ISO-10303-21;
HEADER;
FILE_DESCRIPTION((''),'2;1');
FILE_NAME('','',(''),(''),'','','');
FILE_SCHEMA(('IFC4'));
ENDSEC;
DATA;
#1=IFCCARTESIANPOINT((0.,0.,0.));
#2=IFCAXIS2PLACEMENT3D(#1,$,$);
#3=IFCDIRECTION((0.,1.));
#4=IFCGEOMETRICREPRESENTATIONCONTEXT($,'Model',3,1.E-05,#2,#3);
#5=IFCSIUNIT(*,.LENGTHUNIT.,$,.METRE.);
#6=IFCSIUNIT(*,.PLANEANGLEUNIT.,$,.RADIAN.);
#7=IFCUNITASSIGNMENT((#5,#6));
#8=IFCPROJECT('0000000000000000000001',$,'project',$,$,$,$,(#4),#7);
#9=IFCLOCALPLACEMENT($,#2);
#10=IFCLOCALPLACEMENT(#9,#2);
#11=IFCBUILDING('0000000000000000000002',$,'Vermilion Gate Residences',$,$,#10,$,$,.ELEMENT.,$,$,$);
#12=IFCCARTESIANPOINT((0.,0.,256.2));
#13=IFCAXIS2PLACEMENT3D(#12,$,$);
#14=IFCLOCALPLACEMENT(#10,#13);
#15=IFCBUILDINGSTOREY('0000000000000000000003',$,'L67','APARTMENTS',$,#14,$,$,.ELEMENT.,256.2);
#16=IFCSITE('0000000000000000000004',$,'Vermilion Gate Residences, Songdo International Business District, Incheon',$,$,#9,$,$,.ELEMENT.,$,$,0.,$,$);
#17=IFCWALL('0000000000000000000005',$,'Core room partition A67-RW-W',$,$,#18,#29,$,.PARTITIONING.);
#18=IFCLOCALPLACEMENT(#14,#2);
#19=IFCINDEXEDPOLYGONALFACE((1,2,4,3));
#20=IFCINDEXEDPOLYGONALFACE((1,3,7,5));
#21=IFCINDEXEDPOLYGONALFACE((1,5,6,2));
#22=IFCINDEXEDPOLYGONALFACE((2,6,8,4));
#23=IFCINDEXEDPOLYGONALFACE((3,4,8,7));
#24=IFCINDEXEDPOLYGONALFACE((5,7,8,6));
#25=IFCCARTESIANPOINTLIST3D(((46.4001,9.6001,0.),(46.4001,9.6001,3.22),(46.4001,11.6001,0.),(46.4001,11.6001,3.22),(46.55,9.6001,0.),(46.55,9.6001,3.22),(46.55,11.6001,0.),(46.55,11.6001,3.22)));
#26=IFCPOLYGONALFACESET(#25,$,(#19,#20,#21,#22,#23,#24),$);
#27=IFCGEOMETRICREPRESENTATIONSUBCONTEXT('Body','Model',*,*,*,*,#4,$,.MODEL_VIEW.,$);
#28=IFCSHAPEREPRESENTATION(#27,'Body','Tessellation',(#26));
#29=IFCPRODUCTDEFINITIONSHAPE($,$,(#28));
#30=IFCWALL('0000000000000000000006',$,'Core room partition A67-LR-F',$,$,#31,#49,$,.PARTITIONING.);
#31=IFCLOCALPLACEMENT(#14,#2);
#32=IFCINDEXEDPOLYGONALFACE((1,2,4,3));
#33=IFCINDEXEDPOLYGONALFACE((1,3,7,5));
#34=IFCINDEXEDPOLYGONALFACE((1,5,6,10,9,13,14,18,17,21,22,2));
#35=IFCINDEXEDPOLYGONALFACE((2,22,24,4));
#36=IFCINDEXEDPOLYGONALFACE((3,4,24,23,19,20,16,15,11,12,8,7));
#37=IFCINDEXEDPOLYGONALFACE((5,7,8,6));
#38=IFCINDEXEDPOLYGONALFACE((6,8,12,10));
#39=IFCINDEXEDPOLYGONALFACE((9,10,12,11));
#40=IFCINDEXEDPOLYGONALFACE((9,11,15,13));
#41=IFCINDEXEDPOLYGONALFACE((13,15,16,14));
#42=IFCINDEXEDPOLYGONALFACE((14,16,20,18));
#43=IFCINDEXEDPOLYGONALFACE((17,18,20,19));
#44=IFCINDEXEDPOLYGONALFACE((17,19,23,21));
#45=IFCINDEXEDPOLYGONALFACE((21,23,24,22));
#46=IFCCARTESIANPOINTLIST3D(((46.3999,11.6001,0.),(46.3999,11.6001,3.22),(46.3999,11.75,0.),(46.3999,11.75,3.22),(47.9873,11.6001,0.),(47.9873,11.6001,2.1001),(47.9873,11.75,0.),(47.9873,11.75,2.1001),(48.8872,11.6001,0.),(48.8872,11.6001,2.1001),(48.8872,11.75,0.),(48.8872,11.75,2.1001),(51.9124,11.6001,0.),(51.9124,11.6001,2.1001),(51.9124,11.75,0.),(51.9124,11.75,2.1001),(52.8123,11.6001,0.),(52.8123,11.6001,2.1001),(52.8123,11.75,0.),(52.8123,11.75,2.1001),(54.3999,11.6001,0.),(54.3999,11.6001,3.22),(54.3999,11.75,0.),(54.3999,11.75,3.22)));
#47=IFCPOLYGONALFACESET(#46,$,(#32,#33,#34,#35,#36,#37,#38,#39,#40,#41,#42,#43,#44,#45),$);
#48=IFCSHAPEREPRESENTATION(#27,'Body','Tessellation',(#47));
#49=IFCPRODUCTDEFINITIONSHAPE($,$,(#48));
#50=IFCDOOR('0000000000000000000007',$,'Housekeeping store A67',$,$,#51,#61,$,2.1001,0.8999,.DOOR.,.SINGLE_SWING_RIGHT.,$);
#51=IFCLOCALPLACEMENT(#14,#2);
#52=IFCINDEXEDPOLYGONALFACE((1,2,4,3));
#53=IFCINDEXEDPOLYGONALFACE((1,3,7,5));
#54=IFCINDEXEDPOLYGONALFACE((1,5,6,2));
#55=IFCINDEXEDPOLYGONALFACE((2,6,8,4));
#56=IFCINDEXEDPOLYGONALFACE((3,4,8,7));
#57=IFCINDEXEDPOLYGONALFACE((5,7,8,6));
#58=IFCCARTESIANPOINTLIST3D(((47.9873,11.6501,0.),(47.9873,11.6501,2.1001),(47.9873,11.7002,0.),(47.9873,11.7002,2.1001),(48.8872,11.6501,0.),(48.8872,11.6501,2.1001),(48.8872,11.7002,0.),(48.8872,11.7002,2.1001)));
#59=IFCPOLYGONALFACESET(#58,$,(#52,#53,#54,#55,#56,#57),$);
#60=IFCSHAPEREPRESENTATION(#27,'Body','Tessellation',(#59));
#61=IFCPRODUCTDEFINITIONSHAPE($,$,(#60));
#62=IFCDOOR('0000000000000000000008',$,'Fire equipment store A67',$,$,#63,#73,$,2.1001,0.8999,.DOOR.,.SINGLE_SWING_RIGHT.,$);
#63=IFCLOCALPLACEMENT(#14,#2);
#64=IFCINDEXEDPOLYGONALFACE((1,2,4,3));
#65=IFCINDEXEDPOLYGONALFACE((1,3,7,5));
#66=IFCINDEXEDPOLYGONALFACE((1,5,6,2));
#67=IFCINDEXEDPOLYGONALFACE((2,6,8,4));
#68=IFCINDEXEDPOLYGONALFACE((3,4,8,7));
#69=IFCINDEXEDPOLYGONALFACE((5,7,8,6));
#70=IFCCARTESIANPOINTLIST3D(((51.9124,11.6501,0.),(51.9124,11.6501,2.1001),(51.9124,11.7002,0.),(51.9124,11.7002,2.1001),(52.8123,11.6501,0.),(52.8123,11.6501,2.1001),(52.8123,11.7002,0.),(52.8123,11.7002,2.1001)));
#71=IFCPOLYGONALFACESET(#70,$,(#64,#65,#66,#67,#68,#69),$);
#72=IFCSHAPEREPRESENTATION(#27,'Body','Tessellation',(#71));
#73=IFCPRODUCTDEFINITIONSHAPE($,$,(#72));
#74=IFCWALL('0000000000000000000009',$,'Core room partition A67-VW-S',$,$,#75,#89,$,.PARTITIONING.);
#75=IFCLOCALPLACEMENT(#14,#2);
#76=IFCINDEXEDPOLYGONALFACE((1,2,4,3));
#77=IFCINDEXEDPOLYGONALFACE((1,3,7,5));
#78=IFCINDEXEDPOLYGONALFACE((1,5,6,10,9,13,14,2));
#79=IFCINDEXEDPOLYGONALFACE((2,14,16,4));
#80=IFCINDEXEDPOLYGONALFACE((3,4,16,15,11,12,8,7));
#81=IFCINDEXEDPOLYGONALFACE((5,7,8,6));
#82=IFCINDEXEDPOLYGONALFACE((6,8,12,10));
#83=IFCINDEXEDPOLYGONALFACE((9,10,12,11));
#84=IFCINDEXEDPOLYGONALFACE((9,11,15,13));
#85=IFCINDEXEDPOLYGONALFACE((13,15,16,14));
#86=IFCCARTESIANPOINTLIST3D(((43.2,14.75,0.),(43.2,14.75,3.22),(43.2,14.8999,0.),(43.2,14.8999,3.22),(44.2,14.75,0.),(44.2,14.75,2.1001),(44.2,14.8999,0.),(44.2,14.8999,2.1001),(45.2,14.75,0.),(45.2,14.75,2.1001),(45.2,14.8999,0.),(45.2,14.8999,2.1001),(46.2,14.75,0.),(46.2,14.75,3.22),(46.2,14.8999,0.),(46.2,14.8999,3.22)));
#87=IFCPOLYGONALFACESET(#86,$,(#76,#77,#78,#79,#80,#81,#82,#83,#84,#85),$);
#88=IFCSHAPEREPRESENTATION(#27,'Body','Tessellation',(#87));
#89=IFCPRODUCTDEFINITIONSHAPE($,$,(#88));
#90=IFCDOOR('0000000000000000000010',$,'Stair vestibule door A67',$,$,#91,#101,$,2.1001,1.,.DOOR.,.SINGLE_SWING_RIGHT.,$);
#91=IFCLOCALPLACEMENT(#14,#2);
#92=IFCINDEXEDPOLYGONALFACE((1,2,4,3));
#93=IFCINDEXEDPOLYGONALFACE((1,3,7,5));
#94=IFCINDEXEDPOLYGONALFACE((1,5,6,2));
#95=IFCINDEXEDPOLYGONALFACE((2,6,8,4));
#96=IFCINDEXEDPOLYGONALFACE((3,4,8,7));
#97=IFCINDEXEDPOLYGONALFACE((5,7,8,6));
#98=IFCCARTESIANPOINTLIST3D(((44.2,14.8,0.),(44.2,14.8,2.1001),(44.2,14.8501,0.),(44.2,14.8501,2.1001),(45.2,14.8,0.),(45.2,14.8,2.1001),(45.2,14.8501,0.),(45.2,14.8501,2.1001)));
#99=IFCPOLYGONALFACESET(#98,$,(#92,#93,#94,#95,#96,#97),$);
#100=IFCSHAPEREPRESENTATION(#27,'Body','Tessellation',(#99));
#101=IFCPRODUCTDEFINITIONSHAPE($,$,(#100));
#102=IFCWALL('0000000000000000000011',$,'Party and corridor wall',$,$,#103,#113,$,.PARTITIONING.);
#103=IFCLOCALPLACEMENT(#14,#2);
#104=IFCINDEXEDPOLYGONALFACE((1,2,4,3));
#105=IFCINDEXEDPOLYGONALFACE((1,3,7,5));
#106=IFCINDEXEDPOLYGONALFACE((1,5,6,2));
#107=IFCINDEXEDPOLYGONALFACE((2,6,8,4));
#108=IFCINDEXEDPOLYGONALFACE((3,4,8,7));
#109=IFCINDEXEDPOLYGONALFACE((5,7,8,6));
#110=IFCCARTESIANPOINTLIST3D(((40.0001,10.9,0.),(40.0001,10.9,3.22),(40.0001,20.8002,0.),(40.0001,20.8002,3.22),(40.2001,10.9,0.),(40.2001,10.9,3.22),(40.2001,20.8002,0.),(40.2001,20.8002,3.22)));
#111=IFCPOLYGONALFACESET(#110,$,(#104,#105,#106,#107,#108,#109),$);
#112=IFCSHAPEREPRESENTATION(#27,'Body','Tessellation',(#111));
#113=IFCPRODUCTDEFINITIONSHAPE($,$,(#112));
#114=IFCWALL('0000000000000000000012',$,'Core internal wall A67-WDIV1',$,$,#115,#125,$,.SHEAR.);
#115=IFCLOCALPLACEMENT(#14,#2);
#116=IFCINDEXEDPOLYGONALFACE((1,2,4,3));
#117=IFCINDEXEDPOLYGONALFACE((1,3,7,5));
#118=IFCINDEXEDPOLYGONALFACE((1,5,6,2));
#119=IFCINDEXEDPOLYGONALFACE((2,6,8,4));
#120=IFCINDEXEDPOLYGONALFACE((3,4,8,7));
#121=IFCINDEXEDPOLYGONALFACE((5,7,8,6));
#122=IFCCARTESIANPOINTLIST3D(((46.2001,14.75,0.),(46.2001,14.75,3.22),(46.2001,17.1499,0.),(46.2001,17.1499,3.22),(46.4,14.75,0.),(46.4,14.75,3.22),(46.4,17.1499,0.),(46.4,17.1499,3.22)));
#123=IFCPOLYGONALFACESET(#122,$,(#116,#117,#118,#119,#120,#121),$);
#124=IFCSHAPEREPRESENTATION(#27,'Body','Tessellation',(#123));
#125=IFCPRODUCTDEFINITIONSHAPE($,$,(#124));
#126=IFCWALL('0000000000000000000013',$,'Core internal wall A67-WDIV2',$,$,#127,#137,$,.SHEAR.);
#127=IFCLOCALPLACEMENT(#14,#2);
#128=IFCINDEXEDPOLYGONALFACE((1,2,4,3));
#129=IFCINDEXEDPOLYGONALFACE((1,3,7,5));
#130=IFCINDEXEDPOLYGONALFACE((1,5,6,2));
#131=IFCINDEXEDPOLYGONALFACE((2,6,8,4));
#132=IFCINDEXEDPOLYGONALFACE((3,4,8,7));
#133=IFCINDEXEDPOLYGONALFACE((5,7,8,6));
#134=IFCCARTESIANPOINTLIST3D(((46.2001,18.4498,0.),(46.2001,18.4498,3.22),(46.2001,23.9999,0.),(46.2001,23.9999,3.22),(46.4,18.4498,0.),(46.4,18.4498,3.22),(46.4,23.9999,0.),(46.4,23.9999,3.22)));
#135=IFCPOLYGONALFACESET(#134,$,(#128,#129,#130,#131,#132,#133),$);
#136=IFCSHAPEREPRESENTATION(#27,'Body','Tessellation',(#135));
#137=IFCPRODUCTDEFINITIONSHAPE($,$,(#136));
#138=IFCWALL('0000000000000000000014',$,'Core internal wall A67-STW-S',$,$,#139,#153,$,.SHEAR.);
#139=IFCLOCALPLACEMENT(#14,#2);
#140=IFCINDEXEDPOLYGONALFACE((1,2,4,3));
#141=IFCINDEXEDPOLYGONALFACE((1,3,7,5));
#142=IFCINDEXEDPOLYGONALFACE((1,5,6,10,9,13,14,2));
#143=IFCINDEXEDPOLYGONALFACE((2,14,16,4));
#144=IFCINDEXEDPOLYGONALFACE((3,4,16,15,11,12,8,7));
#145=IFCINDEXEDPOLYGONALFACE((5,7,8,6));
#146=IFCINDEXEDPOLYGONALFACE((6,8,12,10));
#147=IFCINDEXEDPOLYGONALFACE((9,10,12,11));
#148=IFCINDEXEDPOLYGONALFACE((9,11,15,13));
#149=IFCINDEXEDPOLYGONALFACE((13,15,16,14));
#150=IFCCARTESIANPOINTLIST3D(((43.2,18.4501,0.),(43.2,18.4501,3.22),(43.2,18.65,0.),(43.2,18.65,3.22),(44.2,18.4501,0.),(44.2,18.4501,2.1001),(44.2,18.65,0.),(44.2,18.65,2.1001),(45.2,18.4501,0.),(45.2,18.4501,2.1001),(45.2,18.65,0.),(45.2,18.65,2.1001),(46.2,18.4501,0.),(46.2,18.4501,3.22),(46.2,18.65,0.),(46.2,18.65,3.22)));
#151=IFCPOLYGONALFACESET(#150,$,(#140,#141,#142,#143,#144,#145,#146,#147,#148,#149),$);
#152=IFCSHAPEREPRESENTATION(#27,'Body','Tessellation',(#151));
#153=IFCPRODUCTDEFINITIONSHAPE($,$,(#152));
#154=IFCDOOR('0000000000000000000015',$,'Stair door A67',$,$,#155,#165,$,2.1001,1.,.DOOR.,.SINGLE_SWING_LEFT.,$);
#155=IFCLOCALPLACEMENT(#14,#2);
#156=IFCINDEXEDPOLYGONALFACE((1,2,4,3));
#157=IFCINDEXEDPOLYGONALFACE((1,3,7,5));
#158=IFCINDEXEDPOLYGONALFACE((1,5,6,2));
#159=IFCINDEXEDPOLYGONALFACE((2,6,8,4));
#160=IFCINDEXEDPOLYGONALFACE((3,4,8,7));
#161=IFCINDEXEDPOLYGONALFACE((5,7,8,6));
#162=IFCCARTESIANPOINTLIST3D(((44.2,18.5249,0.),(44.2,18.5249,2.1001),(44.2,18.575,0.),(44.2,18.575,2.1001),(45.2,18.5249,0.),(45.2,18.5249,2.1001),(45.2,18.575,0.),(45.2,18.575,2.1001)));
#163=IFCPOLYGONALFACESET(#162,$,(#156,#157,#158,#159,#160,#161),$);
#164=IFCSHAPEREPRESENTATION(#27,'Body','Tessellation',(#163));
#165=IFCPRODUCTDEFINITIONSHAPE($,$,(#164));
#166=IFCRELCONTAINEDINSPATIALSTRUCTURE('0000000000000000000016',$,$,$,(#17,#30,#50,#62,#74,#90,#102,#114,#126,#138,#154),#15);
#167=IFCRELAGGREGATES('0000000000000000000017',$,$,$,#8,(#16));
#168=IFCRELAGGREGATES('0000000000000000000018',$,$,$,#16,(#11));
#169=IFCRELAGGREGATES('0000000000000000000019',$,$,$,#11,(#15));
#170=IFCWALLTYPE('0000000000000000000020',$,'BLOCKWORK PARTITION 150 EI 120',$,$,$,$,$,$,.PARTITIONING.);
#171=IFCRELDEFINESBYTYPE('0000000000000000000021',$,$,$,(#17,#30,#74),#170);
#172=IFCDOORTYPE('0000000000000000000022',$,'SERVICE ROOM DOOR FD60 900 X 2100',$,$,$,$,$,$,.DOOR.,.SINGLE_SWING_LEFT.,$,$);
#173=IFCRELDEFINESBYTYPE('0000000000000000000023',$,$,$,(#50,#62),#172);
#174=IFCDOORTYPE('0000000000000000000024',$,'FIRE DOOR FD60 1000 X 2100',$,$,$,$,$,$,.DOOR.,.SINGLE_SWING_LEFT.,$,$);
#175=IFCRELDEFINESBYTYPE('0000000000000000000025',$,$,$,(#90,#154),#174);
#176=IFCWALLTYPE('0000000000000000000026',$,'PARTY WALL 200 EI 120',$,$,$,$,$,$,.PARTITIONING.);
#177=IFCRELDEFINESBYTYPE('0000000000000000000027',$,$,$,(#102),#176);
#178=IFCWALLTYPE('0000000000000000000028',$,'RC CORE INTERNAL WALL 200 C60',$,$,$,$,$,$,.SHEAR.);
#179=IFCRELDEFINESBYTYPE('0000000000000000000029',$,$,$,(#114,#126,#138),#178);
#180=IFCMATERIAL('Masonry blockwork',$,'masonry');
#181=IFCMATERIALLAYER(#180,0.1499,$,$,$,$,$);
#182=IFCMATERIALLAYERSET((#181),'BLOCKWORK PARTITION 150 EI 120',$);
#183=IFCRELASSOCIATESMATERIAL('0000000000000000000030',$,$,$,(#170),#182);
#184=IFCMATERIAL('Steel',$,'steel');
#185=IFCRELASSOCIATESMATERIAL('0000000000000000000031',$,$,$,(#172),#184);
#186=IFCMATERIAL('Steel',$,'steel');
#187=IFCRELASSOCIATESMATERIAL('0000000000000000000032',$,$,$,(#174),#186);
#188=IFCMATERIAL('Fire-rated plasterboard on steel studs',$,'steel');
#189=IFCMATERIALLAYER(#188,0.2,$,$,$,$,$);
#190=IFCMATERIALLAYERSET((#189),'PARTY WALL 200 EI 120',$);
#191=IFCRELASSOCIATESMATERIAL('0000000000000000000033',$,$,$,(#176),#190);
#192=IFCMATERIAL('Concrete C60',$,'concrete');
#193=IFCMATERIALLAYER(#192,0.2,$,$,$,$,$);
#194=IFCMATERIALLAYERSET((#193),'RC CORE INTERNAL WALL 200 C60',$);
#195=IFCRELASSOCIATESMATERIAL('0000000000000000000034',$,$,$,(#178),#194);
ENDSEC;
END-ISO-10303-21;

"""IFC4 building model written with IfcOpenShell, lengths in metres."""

from ifc_helpers import new_model, si_unit, direction, frame, frame_2d, origin, place, context, subcontext, project, spatial, rectangle, extrude, material, layer, layer_set, type_object, element, fill, save


model = new_model("IFC4")

# Units and contexts
model_context = context("Model", 3, precision=1e-05, world=origin(), true_north=direction((0.0, 1.0)))
body_context = subcontext(model_context, "Body", "Model", "MODEL_VIEW")
ifc_project = project(units=[si_unit("LENGTHUNIT", "METRE"), si_unit("PLANEANGLEUNIT", "RADIAN")], contexts=[model_context])

# Site, building, storey
site_placement = place(None, origin())
site = spatial("IfcSite", under=ifc_project, at=site_placement, Name="Vermilion Gate Residences, Songdo International Business District, Incheon", CompositionType="ELEMENT", RefElevation=0.0)
building_placement = place(site_placement, origin())
building = spatial("IfcBuilding", under=site, at=building_placement, Name="Vermilion Gate Residences", CompositionType="ELEMENT")
storey_placement = place(building_placement, frame((0.0, 0.0, 256.2)))
storey = spatial("IfcBuildingStorey", under=building, at=storey_placement, Name="L67", Description="APARTMENTS", CompositionType="ELEMENT", Elevation=256.2)

# Wall
ifc_material_1 = material(Name="Masonry blockwork", Category="masonry")
ifc_layer_1 = layer(ifc_material_1, 0.1499)
ifc_layer_set_1 = layer_set([ifc_layer_1], Name="BLOCKWORK PARTITION 150 EI 120")
wall_type_1 = type_object("IfcWallType", Name="BLOCKWORK PARTITION 150 EI 120", PredefinedType="PARTITIONING", material=ifc_layer_set_1)
wall_1_placement = place(storey_placement, frame((46.4751, 9.6001, 0.0), z_axis=(0.0, 0.0, 1.0), x_axis=(0.0, 1.0, 0.0)))
element("IfcWall", 1, at=wall_1_placement, inside=storey, type_object=wall_type_1, Name="Core room partition A67-RW-W", PredefinedType="PARTITIONING", context=body_context, shape_type="SweptSolid", body=[
    extrude(rectangle(XDim=2.0, YDim=0.1499, at=frame_2d((1.0, 0.0))), origin(), (0.0, 0.0, 1.0), 3.22),
])

# Wall, openings, doors
wall_2_placement = place(storey_placement, frame((46.3999, 11.675, 0.0), z_axis=(0.0, 0.0, 1.0), x_axis=(1.0, 0.0, 0.0)))
wall_2 = element("IfcWall", 2, at=wall_2_placement, inside=storey, type_object=wall_type_1, Name="Core room partition A67-LR-F", PredefinedType="PARTITIONING", context=body_context, shape_type="SweptSolid", body=[
    extrude(rectangle(XDim=8.0, YDim=0.1499, at=frame_2d((4.0, 0.0))), origin(), (0.0, 0.0, 1.0), 3.22),
])
opening_1_placement = place(wall_2_placement, frame((1.5874, 0.0, 0.0)))
opening_1 = element("IfcOpeningElement", 3, at=opening_1_placement, cuts=wall_2, PredefinedType="OPENING", context=body_context, shape_type="SweptSolid", body=[
    extrude(rectangle(XDim=0.8999, YDim=2.1001, at=frame_2d((0.45, 1.05))), frame((0.0, 0.085, 0.0), z_axis=(0.0, -1.0, 0.0), x_axis=(1.0, 0.0, 0.0)), (0.0, 0.0, 1.0), 0.1699),
])
opening_2_placement = place(wall_2_placement, frame((5.5125, 0.0, 0.0)))
opening_2 = element("IfcOpeningElement", 4, at=opening_2_placement, cuts=wall_2, PredefinedType="OPENING", context=body_context, shape_type="SweptSolid", body=[
    extrude(rectangle(XDim=0.8999, YDim=2.1001, at=frame_2d((0.45, 1.05))), frame((0.0, 0.085, 0.0), z_axis=(0.0, -1.0, 0.0), x_axis=(1.0, 0.0, 0.0)), (0.0, 0.0, 1.0), 0.1699),
])
ifc_material_2 = material(Name="Steel", Category="steel")
door_type_1 = type_object("IfcDoorType", Name="SERVICE ROOM DOOR FD60 900 X 2100", OperationType="SINGLE_SWING_LEFT", PredefinedType="DOOR", material=ifc_material_2)
door_1_placement = place(opening_1_placement, frame((0.8999, 0.0, 0.0), z_axis=(0.0, 0.0, 1.0), x_axis=(-1.0, 0.0, 0.0)))
door_1 = element("IfcDoor", 5, at=door_1_placement, inside=storey, type_object=door_type_1, Name="Housekeeping store A67", OperationType="SINGLE_SWING_RIGHT", OverallHeight=2.1001, OverallWidth=0.8999, PredefinedType="DOOR", context=body_context, shape_type="SweptSolid", body=[
    extrude(rectangle(XDim=0.8999, YDim=2.1001, at=frame_2d((0.45, 1.05))), frame((0.0, 0.0249, 0.0), z_axis=(0.0, -1.0, 0.0), x_axis=(1.0, 0.0, 0.0)), (0.0, 0.0, 1.0), 0.05),
])
fill(opening_1, door_1)
door_2_placement = place(opening_2_placement, frame((0.8999, 0.0, 0.0), z_axis=(0.0, 0.0, 1.0), x_axis=(-1.0, 0.0, 0.0)))
door_2 = element("IfcDoor", 6, at=door_2_placement, inside=storey, type_object=door_type_1, Name="Fire equipment store A67", OperationType="SINGLE_SWING_RIGHT", OverallHeight=2.1001, OverallWidth=0.8999, PredefinedType="DOOR", context=body_context, shape_type="SweptSolid", body=[
    extrude(rectangle(XDim=0.8999, YDim=2.1001, at=frame_2d((0.45, 1.05))), frame((0.0, 0.0249, 0.0), z_axis=(0.0, -1.0, 0.0), x_axis=(1.0, 0.0, 0.0)), (0.0, 0.0, 1.0), 0.05),
])
fill(opening_2, door_2)

# Wall, opening, door
wall_3_placement = place(storey_placement, frame((43.2, 14.825, 0.0), z_axis=(0.0, 0.0, 1.0), x_axis=(1.0, 0.0, 0.0)))
wall_3 = element("IfcWall", 7, at=wall_3_placement, inside=storey, type_object=wall_type_1, Name="Core room partition A67-VW-S", PredefinedType="PARTITIONING", context=body_context, shape_type="SweptSolid", body=[
    extrude(rectangle(XDim=3.0, YDim=0.1499, at=frame_2d((1.5, 0.0))), origin(), (0.0, 0.0, 1.0), 3.22),
])
opening_3_placement = place(wall_3_placement, frame((1.0, 0.0, 0.0)))
opening_3 = element("IfcOpeningElement", 8, at=opening_3_placement, cuts=wall_3, PredefinedType="OPENING", context=body_context, shape_type="SweptSolid", body=[
    extrude(rectangle(XDim=1.0, YDim=2.1001, at=frame_2d((0.5, 1.05))), frame((0.0, 0.085, 0.0), z_axis=(0.0, -1.0, 0.0), x_axis=(1.0, 0.0, 0.0)), (0.0, 0.0, 1.0), 0.1699),
])
ifc_material_3 = material(Name="Steel", Category="steel")
door_type_2 = type_object("IfcDoorType", Name="FIRE DOOR FD60 1000 X 2100", OperationType="SINGLE_SWING_LEFT", PredefinedType="DOOR", material=ifc_material_3)
door_3_placement = place(opening_3_placement, frame((1.0, 0.0, 0.0), z_axis=(0.0, 0.0, 1.0), x_axis=(-1.0, 0.0, 0.0)))
door_3 = element("IfcDoor", 9, at=door_3_placement, inside=storey, type_object=door_type_2, Name="Stair vestibule door A67", OperationType="SINGLE_SWING_RIGHT", OverallHeight=2.1001, OverallWidth=1.0, PredefinedType="DOOR", context=body_context, shape_type="SweptSolid", body=[
    extrude(rectangle(XDim=1.0, YDim=2.1001, at=frame_2d((0.5, 1.05))), frame((0.0, 0.0249, 0.0), z_axis=(0.0, -1.0, 0.0), x_axis=(1.0, 0.0, 0.0)), (0.0, 0.0, 1.0), 0.05),
])
fill(opening_3, door_3)

# Walls
ifc_material_4 = material(Name="Fire-rated plasterboard on steel studs", Category="steel")
ifc_layer_2 = layer(ifc_material_4, 0.2)
ifc_layer_set_2 = layer_set([ifc_layer_2], Name="PARTY WALL 200 EI 120")
wall_type_2 = type_object("IfcWallType", Name="PARTY WALL 200 EI 120", PredefinedType="PARTITIONING", material=ifc_layer_set_2)
wall_4_placement = place(storey_placement, frame((40.1001, 10.8999, 0.0), z_axis=(0.0, 0.0, 1.0), x_axis=(0.0, 1.0, 0.0)))
element("IfcWall", 10, at=wall_4_placement, inside=storey, type_object=wall_type_2, Name="Party and corridor wall", PredefinedType="PARTITIONING", context=body_context, shape_type="SweptSolid", body=[
    extrude(rectangle(XDim=9.9001, YDim=0.2, at=frame_2d((4.9502, 0.0))), origin(), (0.0, 0.0, 1.0), 3.22),
])
ifc_material_5 = material(Name="Concrete C60", Category="concrete")
ifc_layer_3 = layer(ifc_material_5, 0.2)
ifc_layer_set_3 = layer_set([ifc_layer_3], Name="RC CORE INTERNAL WALL 200 C60")
wall_type_3 = type_object("IfcWallType", Name="RC CORE INTERNAL WALL 200 C60", PredefinedType="SHEAR", material=ifc_layer_set_3)
wall_5_placement = place(storey_placement, frame((46.3, 14.75, 0.0), z_axis=(0.0, 0.0, 1.0), x_axis=(0.0, 1.0, 0.0)))
element("IfcWall", 11, at=wall_5_placement, inside=storey, type_object=wall_type_3, Name="Core internal wall A67-WDIV1", PredefinedType="SHEAR", context=body_context, shape_type="SweptSolid", body=[
    extrude(rectangle(XDim=2.3999, YDim=0.2, at=frame_2d((1.2, 0.0))), origin(), (0.0, 0.0, 1.0), 3.22),
])
wall_6_placement = place(storey_placement, frame((46.3, 18.45, 0.0), z_axis=(0.0, 0.0, 1.0), x_axis=(0.0, 1.0, 0.0)))
element("IfcWall", 12, at=wall_6_placement, inside=storey, type_object=wall_type_3, Name="Core internal wall A67-WDIV2", PredefinedType="SHEAR", context=body_context, shape_type="SweptSolid", body=[
    extrude(rectangle(XDim=5.55, YDim=0.2, at=frame_2d((2.7749, 0.0))), origin(), (0.0, 0.0, 1.0), 3.22),
])

# Wall, opening, door
wall_7_placement = place(storey_placement, frame((43.2, 18.55, 0.0), z_axis=(0.0, 0.0, 1.0), x_axis=(1.0, 0.0, 0.0)))
wall_7 = element("IfcWall", 13, at=wall_7_placement, inside=storey, type_object=wall_type_3, Name="Core internal wall A67-STW-S", PredefinedType="SHEAR", context=body_context, shape_type="SweptSolid", body=[
    extrude(rectangle(XDim=3.0, YDim=0.2, at=frame_2d((1.5, 0.0))), origin(), (0.0, 0.0, 1.0), 3.22),
])
opening_4_placement = place(wall_7_placement, frame((1.0, 0.0, 0.0)))
opening_4 = element("IfcOpeningElement", 14, at=opening_4_placement, cuts=wall_7, PredefinedType="OPENING", context=body_context, shape_type="SweptSolid", body=[
    extrude(rectangle(XDim=1.0, YDim=2.1001, at=frame_2d((0.5, 1.05))), frame((0.0, 0.1099, 0.0), z_axis=(0.0, -1.0, 0.0), x_axis=(1.0, 0.0, 0.0)), (0.0, 0.0, 1.0), 0.22),
])
door_4_placement = place(opening_4_placement, origin())
door_4 = element("IfcDoor", 15, at=door_4_placement, inside=storey, type_object=door_type_2, Name="Stair door A67", OperationType="SINGLE_SWING_LEFT", OverallHeight=2.1001, OverallWidth=1.0, PredefinedType="DOOR", context=body_context, shape_type="SweptSolid", body=[
    extrude(rectangle(XDim=1.0, YDim=2.1001, at=frame_2d((0.5, 1.05))), frame((0.0, 0.0249, 0.0), z_axis=(0.0, -1.0, 0.0), x_axis=(1.0, 0.0, 0.0)), (0.0, 0.0, 1.0), 0.05),
])
fill(opening_4, door_4)

save(model, "model.ifc")
